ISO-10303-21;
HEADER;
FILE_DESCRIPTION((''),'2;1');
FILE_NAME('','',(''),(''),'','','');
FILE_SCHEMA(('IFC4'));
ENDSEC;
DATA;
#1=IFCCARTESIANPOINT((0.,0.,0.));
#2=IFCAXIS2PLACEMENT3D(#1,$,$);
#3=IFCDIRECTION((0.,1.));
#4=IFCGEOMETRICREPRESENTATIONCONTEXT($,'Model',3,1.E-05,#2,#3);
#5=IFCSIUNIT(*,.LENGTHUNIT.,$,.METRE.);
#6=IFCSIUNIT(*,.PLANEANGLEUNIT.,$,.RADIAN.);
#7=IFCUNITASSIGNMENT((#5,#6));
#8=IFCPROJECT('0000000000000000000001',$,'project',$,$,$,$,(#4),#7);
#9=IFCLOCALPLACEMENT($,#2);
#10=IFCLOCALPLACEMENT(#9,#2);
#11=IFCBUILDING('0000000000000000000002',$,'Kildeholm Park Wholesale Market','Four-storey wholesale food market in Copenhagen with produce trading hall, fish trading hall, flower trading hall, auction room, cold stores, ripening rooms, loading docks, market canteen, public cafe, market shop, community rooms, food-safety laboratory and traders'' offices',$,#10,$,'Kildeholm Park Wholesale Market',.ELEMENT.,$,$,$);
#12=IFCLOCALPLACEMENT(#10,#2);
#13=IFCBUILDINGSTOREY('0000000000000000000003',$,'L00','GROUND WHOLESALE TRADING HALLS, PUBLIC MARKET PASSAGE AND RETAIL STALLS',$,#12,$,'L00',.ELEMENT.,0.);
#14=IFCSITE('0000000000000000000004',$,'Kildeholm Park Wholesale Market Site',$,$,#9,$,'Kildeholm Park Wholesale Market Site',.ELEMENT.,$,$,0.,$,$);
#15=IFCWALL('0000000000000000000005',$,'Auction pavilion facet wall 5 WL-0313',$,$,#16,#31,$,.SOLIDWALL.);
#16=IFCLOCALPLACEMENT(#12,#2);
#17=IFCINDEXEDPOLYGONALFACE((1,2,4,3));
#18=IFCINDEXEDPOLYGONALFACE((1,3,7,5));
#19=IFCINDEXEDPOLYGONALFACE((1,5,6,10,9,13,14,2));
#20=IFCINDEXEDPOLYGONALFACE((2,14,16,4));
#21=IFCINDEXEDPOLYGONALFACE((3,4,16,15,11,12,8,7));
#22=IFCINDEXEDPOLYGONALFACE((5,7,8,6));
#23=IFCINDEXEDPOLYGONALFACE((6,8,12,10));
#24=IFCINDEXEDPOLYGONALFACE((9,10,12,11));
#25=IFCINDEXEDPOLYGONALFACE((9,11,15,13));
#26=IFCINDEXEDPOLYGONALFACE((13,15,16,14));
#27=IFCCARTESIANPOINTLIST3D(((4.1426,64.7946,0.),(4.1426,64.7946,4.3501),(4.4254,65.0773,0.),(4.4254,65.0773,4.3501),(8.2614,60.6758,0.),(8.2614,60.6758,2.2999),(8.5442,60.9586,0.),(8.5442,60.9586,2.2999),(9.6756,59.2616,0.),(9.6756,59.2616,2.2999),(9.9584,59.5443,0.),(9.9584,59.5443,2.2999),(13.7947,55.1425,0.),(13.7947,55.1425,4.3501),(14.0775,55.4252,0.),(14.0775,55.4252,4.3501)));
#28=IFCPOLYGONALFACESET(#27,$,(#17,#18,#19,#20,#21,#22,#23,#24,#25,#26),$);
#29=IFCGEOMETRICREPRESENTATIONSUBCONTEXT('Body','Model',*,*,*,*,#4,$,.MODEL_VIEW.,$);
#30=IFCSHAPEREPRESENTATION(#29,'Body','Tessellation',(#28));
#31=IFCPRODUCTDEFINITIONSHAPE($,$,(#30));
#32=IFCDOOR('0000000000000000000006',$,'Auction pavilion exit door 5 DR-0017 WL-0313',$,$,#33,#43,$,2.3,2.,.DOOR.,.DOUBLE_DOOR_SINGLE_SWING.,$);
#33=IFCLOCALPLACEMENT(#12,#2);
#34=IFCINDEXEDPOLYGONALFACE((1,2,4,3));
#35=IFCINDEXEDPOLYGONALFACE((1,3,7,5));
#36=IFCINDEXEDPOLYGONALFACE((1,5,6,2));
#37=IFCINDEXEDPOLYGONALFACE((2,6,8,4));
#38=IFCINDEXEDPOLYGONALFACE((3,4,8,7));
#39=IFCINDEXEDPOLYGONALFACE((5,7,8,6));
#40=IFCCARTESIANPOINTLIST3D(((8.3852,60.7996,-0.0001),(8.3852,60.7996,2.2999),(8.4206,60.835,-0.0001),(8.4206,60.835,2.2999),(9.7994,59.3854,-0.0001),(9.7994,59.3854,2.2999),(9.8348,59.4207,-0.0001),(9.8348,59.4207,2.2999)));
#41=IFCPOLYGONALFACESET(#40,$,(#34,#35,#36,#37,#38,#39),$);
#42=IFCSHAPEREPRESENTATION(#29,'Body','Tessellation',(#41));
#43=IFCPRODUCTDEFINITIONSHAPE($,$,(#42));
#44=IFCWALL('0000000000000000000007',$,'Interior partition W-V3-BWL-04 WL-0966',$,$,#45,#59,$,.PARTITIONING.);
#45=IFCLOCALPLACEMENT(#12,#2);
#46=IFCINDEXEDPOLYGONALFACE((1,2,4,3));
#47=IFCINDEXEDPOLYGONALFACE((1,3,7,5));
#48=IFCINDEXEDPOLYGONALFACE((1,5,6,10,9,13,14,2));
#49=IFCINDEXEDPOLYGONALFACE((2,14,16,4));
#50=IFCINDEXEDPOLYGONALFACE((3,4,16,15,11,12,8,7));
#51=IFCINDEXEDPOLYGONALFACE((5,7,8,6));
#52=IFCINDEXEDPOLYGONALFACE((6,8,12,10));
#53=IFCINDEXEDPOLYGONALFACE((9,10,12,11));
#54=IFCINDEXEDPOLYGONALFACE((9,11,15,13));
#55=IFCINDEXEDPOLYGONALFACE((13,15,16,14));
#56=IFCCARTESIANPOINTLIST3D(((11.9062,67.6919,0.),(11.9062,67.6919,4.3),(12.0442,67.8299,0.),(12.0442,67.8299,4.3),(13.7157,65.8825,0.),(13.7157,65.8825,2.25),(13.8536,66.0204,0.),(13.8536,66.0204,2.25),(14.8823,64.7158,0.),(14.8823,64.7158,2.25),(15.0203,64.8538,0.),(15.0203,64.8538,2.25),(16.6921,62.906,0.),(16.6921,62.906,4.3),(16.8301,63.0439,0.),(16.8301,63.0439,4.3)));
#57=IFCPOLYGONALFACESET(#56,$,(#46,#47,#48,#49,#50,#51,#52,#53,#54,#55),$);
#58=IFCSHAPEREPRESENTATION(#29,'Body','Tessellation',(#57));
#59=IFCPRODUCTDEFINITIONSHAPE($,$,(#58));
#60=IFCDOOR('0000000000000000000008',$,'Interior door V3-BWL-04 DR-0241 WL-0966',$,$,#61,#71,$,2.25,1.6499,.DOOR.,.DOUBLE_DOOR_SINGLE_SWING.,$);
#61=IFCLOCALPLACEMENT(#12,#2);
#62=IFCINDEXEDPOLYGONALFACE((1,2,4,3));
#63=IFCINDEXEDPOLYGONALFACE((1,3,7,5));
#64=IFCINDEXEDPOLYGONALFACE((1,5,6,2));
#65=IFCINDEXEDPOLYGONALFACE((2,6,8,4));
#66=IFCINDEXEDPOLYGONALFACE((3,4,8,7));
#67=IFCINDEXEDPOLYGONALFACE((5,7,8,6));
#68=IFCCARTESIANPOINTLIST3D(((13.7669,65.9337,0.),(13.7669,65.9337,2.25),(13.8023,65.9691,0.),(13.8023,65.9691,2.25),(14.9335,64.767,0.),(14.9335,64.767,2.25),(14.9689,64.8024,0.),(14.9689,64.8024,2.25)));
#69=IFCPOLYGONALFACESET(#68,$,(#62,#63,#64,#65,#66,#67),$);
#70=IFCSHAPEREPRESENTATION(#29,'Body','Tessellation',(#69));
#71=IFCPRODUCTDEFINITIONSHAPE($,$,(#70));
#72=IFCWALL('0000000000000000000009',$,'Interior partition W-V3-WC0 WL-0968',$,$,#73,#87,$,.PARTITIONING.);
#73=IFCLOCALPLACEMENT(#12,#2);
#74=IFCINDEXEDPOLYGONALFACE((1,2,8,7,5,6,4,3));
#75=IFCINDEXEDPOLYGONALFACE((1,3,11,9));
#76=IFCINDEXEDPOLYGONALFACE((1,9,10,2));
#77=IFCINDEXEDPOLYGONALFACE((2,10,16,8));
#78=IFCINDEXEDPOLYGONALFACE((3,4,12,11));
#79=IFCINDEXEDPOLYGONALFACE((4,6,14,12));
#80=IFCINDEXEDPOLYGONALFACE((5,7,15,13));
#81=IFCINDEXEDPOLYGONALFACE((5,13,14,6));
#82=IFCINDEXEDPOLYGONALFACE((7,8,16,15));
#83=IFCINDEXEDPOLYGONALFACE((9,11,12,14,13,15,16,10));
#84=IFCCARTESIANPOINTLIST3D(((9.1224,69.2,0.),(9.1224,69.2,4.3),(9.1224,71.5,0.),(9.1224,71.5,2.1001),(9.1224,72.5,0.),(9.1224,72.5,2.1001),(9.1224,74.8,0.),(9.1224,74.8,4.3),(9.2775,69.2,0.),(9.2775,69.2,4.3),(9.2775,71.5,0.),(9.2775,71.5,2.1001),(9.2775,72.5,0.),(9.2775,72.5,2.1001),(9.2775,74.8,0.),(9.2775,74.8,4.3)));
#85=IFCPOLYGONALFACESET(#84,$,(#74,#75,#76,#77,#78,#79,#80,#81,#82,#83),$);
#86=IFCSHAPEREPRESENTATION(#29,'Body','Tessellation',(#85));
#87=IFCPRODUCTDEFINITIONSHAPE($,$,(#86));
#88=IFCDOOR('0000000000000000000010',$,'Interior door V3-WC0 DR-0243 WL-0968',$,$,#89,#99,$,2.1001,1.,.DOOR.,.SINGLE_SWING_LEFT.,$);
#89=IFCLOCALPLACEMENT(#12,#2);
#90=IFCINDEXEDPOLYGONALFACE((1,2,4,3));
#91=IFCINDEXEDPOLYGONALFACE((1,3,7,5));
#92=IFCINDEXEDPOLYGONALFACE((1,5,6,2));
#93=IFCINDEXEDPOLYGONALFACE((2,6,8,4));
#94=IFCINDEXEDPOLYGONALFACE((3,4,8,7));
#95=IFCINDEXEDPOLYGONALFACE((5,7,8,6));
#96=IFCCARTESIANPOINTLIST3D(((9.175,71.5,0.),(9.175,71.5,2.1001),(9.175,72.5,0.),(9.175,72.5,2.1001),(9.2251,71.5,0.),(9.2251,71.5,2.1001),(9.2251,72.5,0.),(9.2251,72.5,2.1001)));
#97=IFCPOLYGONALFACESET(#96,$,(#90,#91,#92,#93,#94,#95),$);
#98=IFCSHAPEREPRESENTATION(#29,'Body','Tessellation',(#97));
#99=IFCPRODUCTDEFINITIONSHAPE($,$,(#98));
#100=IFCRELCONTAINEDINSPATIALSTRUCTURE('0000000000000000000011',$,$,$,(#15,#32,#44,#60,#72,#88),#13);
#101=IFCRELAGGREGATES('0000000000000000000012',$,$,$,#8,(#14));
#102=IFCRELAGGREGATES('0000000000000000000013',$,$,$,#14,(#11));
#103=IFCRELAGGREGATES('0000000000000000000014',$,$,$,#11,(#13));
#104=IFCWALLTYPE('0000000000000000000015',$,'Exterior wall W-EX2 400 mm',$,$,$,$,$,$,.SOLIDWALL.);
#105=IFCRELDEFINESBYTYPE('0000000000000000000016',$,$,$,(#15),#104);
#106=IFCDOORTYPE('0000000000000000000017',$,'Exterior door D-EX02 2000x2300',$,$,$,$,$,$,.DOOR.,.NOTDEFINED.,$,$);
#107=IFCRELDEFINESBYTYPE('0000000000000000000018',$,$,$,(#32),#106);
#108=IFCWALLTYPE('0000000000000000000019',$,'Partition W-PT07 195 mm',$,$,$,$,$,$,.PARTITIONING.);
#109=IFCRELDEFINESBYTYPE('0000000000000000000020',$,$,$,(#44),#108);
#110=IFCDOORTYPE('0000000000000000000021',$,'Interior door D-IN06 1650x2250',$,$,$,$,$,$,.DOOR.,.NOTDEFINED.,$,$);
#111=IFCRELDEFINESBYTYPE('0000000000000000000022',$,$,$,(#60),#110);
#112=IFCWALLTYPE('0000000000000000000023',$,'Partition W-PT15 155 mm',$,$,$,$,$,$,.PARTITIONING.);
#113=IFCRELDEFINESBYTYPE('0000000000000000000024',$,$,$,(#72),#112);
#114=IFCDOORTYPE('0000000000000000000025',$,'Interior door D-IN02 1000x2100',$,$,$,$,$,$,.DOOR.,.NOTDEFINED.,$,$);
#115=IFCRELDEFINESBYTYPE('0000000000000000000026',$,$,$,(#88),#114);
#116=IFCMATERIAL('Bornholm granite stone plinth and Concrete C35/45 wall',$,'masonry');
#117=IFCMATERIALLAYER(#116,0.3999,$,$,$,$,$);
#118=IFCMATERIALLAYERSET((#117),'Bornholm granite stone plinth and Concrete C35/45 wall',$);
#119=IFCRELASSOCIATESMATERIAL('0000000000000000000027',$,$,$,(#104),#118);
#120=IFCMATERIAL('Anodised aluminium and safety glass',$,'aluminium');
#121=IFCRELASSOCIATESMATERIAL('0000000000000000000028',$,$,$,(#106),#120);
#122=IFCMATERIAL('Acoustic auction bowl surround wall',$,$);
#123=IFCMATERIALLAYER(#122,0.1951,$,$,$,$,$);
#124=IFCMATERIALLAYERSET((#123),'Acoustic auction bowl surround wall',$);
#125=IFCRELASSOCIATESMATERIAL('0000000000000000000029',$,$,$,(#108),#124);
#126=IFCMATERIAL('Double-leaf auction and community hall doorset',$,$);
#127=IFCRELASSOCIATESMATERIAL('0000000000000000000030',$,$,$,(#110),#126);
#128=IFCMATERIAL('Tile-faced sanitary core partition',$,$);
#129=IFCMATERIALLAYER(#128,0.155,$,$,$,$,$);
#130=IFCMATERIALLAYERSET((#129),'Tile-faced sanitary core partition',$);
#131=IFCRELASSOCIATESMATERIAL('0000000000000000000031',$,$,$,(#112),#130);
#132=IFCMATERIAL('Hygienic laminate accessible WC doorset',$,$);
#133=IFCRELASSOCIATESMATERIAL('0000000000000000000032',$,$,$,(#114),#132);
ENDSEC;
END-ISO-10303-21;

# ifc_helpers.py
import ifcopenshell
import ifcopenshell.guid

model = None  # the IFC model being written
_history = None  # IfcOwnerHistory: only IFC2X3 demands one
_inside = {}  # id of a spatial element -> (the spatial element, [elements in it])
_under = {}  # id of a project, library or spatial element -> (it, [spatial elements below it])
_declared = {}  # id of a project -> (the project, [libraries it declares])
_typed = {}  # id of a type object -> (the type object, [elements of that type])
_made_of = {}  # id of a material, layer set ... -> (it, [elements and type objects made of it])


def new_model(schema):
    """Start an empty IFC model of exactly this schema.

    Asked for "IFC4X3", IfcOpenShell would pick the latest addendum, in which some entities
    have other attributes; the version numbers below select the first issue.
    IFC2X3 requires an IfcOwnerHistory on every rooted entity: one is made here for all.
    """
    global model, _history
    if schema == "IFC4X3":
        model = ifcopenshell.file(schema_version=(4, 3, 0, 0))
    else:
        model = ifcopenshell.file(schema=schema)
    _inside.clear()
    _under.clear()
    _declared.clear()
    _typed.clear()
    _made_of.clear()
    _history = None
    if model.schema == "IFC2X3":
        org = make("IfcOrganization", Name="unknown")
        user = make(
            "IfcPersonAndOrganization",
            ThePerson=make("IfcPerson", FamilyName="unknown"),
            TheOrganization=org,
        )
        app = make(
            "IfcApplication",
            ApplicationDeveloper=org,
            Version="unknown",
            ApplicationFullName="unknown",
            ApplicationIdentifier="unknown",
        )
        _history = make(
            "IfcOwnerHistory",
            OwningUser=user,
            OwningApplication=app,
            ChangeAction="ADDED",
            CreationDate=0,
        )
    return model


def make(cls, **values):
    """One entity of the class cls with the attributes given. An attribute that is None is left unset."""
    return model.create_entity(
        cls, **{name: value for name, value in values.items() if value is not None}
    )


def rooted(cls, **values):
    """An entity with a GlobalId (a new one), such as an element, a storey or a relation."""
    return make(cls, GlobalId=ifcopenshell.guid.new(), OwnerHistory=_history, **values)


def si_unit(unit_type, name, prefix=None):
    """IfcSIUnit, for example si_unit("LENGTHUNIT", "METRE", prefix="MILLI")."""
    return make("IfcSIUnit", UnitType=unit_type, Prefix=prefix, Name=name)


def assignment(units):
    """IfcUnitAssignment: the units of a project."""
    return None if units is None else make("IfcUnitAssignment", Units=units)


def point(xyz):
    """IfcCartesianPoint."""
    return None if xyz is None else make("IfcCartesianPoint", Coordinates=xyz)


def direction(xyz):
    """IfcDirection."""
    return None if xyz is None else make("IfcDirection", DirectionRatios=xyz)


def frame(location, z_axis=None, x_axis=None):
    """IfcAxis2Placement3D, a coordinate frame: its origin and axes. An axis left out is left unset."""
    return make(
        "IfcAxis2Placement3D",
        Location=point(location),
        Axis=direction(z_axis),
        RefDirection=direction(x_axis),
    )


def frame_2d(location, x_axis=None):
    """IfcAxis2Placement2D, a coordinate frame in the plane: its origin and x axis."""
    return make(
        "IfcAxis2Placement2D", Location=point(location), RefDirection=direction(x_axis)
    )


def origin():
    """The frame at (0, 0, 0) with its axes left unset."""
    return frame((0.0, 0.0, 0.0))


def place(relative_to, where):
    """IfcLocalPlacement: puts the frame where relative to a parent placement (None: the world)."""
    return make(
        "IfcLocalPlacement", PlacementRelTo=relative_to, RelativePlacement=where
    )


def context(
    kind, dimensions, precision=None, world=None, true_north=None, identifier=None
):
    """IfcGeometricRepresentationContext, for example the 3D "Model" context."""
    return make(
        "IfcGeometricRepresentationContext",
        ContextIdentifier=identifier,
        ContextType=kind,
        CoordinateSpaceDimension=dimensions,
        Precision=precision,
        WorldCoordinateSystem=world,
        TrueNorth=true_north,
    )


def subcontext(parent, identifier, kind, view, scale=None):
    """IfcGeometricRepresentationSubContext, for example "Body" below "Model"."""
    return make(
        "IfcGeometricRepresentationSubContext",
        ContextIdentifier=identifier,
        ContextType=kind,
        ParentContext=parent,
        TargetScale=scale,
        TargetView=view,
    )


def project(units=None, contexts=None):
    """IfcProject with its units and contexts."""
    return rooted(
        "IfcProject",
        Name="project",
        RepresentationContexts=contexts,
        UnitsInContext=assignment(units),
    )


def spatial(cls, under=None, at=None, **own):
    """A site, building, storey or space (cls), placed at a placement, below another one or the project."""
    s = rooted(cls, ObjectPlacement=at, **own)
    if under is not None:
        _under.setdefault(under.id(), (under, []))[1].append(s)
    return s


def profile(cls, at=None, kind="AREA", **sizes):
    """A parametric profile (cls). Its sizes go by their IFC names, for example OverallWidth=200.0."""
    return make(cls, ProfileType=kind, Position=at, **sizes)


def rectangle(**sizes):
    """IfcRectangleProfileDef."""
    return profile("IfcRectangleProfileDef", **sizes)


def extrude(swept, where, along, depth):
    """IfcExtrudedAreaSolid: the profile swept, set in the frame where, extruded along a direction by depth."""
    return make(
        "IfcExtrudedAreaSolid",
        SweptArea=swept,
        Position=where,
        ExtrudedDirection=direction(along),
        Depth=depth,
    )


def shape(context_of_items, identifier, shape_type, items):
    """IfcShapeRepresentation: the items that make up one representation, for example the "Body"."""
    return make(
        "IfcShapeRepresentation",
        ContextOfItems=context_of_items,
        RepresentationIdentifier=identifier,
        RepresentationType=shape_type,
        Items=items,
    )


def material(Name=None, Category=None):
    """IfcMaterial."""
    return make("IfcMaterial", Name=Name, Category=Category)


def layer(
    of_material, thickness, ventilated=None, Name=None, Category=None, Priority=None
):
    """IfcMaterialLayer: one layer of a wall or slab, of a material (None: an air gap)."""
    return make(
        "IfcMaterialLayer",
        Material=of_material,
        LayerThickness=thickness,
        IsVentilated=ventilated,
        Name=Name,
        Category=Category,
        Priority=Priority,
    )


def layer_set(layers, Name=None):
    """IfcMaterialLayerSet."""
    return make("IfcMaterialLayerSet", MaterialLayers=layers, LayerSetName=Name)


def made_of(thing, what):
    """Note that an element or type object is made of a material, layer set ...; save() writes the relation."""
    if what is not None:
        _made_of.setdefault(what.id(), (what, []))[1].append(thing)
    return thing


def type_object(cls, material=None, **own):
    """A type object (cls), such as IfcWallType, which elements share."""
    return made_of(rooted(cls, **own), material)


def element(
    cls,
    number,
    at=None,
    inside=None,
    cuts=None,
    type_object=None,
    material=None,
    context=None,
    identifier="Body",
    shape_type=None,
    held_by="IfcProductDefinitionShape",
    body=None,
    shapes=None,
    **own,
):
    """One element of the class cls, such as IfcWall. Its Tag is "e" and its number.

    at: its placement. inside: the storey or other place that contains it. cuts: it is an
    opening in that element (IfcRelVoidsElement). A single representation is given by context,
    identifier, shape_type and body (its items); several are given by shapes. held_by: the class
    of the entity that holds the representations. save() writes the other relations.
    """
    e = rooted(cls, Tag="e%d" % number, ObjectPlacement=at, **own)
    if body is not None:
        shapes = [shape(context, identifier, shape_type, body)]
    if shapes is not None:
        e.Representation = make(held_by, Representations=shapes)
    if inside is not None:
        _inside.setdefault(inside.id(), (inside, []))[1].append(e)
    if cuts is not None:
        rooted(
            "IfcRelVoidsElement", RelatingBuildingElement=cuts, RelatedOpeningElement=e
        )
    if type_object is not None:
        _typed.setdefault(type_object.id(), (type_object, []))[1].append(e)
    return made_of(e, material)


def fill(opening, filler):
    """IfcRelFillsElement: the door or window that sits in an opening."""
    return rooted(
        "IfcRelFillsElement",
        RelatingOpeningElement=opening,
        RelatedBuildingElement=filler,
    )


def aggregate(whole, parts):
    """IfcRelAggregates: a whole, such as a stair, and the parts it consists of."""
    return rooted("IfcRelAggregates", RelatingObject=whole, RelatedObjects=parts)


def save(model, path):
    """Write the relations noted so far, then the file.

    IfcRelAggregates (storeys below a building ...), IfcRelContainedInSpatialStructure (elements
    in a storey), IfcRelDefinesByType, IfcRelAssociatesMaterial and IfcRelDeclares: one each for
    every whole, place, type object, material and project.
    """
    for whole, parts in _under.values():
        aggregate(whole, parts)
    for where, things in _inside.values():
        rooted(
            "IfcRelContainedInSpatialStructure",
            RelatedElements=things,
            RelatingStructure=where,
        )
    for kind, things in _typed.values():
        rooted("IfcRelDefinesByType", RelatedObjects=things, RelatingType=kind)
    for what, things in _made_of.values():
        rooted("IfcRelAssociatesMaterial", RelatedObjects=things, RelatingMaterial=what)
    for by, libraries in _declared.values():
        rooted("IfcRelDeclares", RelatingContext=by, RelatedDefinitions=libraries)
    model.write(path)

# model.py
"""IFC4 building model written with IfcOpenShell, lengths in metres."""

from ifc_helpers import new_model, si_unit, direction, frame, frame_2d, origin, place, context, subcontext, project, spatial, rectangle, extrude, material, layer, layer_set, type_object, element, fill, save


model = new_model("IFC4")

# Units and contexts
model_context = context("Model", 3, precision=1e-05, world=origin(), true_north=direction((0.0, 1.0)))
body_context = subcontext(model_context, "Body", "Model", "MODEL_VIEW")
ifc_project = project(units=[si_unit("LENGTHUNIT", "METRE"), si_unit("PLANEANGLEUNIT", "RADIAN")], contexts=[model_context])

# Site, building, storey
site_placement = place(None, origin())
site = spatial("IfcSite", under=ifc_project, at=site_placement, Name="Kildeholm Park Wholesale Market Site", LongName="Kildeholm Park Wholesale Market Site", CompositionType="ELEMENT", RefElevation=0.0)
building_placement = place(site_placement, origin())
building = spatial("IfcBuilding", under=site, at=building_placement, Name="Kildeholm Park Wholesale Market", Description="Four-storey wholesale food market in Copenhagen with produce trading hall, fish trading hall, flower trading hall, auction room, cold stores, ripening rooms, loading docks, market canteen, public cafe, market shop, community rooms, food-safety laboratory and traders' offices", LongName="Kildeholm Park Wholesale Market", CompositionType="ELEMENT")
storey_placement = place(building_placement, origin())
storey = spatial("IfcBuildingStorey", under=building, at=storey_placement, Name="L00", Description="GROUND WHOLESALE TRADING HALLS, PUBLIC MARKET PASSAGE AND RETAIL STALLS", LongName="L00", CompositionType="ELEMENT", Elevation=0.0)

# Walls, openings, doors
ifc_material_1 = material(Name="Bornholm granite stone plinth and Concrete C35/45 wall", Category="masonry")
ifc_layer_1 = layer(ifc_material_1, 0.3999)
ifc_layer_set_1 = layer_set([ifc_layer_1], Name="Bornholm granite stone plinth and Concrete C35/45 wall")
wall_type_1 = type_object("IfcWallType", Name="Exterior wall W-EX2 400 mm", PredefinedType="SOLIDWALL", material=ifc_layer_set_1)
wall_1_placement = place(storey_placement, frame((4.2839, 64.936, 0.0), z_axis=(0.0, 0.0, 1.0), x_axis=(0.707107, -0.707107, 0.0)))
wall_1 = element("IfcWall", 1, at=wall_1_placement, inside=storey, type_object=wall_type_1, Name="Auction pavilion facet wall 5 WL-0313", PredefinedType="SOLIDWALL", context=body_context, shape_type="SweptSolid", body=[
    extrude(rectangle(XDim=13.6501, YDim=0.3999, at=frame_2d((6.8252, 0.0))), origin(), (0.0, 0.0, 1.0), 4.3501),
])
opening_1_placement = place(wall_1_placement, frame((5.825, 0.0, 0.0)))
opening_1 = element("IfcOpeningElement", 2, at=opening_1_placement, cuts=wall_1, PredefinedType="OPENING", context=body_context, shape_type="SweptSolid", body=[
    extrude(rectangle(XDim=2.0, YDim=2.3, at=frame_2d((1.0, 1.1499))), frame((0.0, 0.21, 0.0), z_axis=(0.0, -1.0, 0.0), x_axis=(1.0, 0.0, 0.0)), (0.0, 0.0, 1.0), 0.4199),
])
ifc_material_2 = material(Name="Anodised aluminium and safety glass", Category="aluminium")
door_type_1 = type_object("IfcDoorType", Name="Exterior door D-EX02 2000x2300", OperationType="NOTDEFINED", PredefinedType="DOOR", material=ifc_material_2)
door_1_placement = place(opening_1_placement, frame((2.0, 0.0, 0.0), z_axis=(0.0, 0.0, 1.0), x_axis=(-1.0, 0.0, 0.0)))
door_1 = element("IfcDoor", 3, at=door_1_placement, inside=storey, type_object=door_type_1, Name="Auction pavilion exit door 5 DR-0017 WL-0313", OperationType="DOUBLE_DOOR_SINGLE_SWING", OverallHeight=2.3, OverallWidth=2.0, PredefinedType="DOOR", context=body_context, shape_type="SweptSolid", body=[
    extrude(rectangle(XDim=2.0, YDim=2.3, at=frame_2d((1.0, 1.1499))), frame((0.0, 0.0249, 0.0), z_axis=(0.0, -1.0, 0.0), x_axis=(1.0, 0.0, 0.0)), (0.0, 0.0, 1.0), 0.05),
])
fill(opening_1, door_1)
ifc_material_3 = material(Name="Acoustic auction bowl surround wall")
ifc_layer_2 = layer(ifc_material_3, 0.1951)
ifc_layer_set_2 = layer_set([ifc_layer_2], Name="Acoustic auction bowl surround wall")
wall_type_2 = type_object("IfcWallType", Name="Partition W-PT07 195 mm", PredefinedType="PARTITIONING", material=ifc_layer_set_2)
wall_2_placement = place(storey_placement, frame((11.9751, 67.761, 0.0), z_axis=(0.0, 0.0, 1.0), x_axis=(0.707107, -0.707107, 0.0)))
wall_2 = element("IfcWall", 4, at=wall_2_placement, inside=storey, type_object=wall_type_2, Name="Interior partition W-V3-BWL-04 WL-0966", PredefinedType="PARTITIONING", context=body_context, shape_type="SweptSolid", body=[
    extrude(rectangle(XDim=6.7683, YDim=0.1951, at=frame_2d((3.3843, 0.0))), origin(), (0.0, 0.0, 1.0), 4.3),
])
opening_2_placement = place(wall_2_placement, frame((2.5591, 0.0, 0.0)))
opening_2 = element("IfcOpeningElement", 5, at=opening_2_placement, cuts=wall_2, PredefinedType="OPENING", context=body_context, shape_type="SweptSolid", body=[
    extrude(rectangle(XDim=1.6499, YDim=2.25, at=frame_2d((0.825, 1.125))), frame((0.0, 0.1074, 0.0), z_axis=(0.0, -1.0, 0.0), x_axis=(1.0, 0.0, 0.0)), (0.0, 0.0, 1.0), 0.2151),
])
ifc_material_4 = material(Name="Double-leaf auction and community hall doorset")
door_type_2 = type_object("IfcDoorType", Name="Interior door D-IN06 1650x2250", OperationType="NOTDEFINED", PredefinedType="DOOR", material=ifc_material_4)
door_2_placement = place(opening_2_placement, origin())
door_2 = element("IfcDoor", 6, at=door_2_placement, inside=storey, type_object=door_type_2, Name="Interior door V3-BWL-04 DR-0241 WL-0966", OperationType="DOUBLE_DOOR_SINGLE_SWING", OverallHeight=2.25, OverallWidth=1.6499, PredefinedType="DOOR", context=body_context, shape_type="SweptSolid", body=[
    extrude(rectangle(XDim=1.6499, YDim=2.25, at=frame_2d((0.825, 1.125))), frame((0.0, 0.0249, 0.0), z_axis=(0.0, -1.0, 0.0), x_axis=(1.0, 0.0, 0.0)), (0.0, 0.0, 1.0), 0.05),
])
fill(opening_2, door_2)
ifc_material_5 = material(Name="Tile-faced sanitary core partition")
ifc_layer_3 = layer(ifc_material_5, 0.155)
ifc_layer_set_3 = layer_set([ifc_layer_3], Name="Tile-faced sanitary core partition")
wall_type_3 = type_object("IfcWallType", Name="Partition W-PT15 155 mm", PredefinedType="PARTITIONING", material=ifc_layer_set_3)
wall_3_placement = place(storey_placement, frame((9.2, 69.2, 0.0), z_axis=(0.0, 0.0, 1.0), x_axis=(0.0, 1.0, 0.0)))
wall_3 = element("IfcWall", 7, at=wall_3_placement, inside=storey, type_object=wall_type_3, Name="Interior partition W-V3-WC0 WL-0968", PredefinedType="PARTITIONING", context=body_context, shape_type="SweptSolid", body=[
    extrude(rectangle(XDim=5.6001, YDim=0.155, at=frame_2d((2.8, 0.0))), origin(), (0.0, 0.0, 1.0), 4.3),
])
opening_3_placement = place(wall_3_placement, frame((2.3, 0.0, 0.0)))
opening_3 = element("IfcOpeningElement", 8, at=opening_3_placement, cuts=wall_3, PredefinedType="OPENING", context=body_context, shape_type="SweptSolid", body=[
    extrude(rectangle(XDim=1.0, YDim=2.1001, at=frame_2d((0.5, 1.05))), frame((0.0, 0.0874, 0.0), z_axis=(0.0, -1.0, 0.0), x_axis=(1.0, 0.0, 0.0)), (0.0, 0.0, 1.0), 0.175),
])
ifc_material_6 = material(Name="Hygienic laminate accessible WC doorset")
door_type_3 = type_object("IfcDoorType", Name="Interior door D-IN02 1000x2100", OperationType="NOTDEFINED", PredefinedType="DOOR", material=ifc_material_6)
door_3_placement = place(opening_3_placement, origin())
door_3 = element("IfcDoor", 9, at=door_3_placement, inside=storey, type_object=door_type_3, Name="Interior door V3-WC0 DR-0243 WL-0968", OperationType="SINGLE_SWING_LEFT", OverallHeight=2.1001, OverallWidth=1.0, PredefinedType="DOOR", context=body_context, shape_type="SweptSolid", body=[
    extrude(rectangle(XDim=1.0, YDim=2.1001, at=frame_2d((0.5, 1.05))), frame((0.0, 0.0249, 0.0), z_axis=(0.0, -1.0, 0.0), x_axis=(1.0, 0.0, 0.0)), (0.0, 0.0, 1.0), 0.05),
])
fill(opening_3, door_3)

save(model, "model.ifc")
